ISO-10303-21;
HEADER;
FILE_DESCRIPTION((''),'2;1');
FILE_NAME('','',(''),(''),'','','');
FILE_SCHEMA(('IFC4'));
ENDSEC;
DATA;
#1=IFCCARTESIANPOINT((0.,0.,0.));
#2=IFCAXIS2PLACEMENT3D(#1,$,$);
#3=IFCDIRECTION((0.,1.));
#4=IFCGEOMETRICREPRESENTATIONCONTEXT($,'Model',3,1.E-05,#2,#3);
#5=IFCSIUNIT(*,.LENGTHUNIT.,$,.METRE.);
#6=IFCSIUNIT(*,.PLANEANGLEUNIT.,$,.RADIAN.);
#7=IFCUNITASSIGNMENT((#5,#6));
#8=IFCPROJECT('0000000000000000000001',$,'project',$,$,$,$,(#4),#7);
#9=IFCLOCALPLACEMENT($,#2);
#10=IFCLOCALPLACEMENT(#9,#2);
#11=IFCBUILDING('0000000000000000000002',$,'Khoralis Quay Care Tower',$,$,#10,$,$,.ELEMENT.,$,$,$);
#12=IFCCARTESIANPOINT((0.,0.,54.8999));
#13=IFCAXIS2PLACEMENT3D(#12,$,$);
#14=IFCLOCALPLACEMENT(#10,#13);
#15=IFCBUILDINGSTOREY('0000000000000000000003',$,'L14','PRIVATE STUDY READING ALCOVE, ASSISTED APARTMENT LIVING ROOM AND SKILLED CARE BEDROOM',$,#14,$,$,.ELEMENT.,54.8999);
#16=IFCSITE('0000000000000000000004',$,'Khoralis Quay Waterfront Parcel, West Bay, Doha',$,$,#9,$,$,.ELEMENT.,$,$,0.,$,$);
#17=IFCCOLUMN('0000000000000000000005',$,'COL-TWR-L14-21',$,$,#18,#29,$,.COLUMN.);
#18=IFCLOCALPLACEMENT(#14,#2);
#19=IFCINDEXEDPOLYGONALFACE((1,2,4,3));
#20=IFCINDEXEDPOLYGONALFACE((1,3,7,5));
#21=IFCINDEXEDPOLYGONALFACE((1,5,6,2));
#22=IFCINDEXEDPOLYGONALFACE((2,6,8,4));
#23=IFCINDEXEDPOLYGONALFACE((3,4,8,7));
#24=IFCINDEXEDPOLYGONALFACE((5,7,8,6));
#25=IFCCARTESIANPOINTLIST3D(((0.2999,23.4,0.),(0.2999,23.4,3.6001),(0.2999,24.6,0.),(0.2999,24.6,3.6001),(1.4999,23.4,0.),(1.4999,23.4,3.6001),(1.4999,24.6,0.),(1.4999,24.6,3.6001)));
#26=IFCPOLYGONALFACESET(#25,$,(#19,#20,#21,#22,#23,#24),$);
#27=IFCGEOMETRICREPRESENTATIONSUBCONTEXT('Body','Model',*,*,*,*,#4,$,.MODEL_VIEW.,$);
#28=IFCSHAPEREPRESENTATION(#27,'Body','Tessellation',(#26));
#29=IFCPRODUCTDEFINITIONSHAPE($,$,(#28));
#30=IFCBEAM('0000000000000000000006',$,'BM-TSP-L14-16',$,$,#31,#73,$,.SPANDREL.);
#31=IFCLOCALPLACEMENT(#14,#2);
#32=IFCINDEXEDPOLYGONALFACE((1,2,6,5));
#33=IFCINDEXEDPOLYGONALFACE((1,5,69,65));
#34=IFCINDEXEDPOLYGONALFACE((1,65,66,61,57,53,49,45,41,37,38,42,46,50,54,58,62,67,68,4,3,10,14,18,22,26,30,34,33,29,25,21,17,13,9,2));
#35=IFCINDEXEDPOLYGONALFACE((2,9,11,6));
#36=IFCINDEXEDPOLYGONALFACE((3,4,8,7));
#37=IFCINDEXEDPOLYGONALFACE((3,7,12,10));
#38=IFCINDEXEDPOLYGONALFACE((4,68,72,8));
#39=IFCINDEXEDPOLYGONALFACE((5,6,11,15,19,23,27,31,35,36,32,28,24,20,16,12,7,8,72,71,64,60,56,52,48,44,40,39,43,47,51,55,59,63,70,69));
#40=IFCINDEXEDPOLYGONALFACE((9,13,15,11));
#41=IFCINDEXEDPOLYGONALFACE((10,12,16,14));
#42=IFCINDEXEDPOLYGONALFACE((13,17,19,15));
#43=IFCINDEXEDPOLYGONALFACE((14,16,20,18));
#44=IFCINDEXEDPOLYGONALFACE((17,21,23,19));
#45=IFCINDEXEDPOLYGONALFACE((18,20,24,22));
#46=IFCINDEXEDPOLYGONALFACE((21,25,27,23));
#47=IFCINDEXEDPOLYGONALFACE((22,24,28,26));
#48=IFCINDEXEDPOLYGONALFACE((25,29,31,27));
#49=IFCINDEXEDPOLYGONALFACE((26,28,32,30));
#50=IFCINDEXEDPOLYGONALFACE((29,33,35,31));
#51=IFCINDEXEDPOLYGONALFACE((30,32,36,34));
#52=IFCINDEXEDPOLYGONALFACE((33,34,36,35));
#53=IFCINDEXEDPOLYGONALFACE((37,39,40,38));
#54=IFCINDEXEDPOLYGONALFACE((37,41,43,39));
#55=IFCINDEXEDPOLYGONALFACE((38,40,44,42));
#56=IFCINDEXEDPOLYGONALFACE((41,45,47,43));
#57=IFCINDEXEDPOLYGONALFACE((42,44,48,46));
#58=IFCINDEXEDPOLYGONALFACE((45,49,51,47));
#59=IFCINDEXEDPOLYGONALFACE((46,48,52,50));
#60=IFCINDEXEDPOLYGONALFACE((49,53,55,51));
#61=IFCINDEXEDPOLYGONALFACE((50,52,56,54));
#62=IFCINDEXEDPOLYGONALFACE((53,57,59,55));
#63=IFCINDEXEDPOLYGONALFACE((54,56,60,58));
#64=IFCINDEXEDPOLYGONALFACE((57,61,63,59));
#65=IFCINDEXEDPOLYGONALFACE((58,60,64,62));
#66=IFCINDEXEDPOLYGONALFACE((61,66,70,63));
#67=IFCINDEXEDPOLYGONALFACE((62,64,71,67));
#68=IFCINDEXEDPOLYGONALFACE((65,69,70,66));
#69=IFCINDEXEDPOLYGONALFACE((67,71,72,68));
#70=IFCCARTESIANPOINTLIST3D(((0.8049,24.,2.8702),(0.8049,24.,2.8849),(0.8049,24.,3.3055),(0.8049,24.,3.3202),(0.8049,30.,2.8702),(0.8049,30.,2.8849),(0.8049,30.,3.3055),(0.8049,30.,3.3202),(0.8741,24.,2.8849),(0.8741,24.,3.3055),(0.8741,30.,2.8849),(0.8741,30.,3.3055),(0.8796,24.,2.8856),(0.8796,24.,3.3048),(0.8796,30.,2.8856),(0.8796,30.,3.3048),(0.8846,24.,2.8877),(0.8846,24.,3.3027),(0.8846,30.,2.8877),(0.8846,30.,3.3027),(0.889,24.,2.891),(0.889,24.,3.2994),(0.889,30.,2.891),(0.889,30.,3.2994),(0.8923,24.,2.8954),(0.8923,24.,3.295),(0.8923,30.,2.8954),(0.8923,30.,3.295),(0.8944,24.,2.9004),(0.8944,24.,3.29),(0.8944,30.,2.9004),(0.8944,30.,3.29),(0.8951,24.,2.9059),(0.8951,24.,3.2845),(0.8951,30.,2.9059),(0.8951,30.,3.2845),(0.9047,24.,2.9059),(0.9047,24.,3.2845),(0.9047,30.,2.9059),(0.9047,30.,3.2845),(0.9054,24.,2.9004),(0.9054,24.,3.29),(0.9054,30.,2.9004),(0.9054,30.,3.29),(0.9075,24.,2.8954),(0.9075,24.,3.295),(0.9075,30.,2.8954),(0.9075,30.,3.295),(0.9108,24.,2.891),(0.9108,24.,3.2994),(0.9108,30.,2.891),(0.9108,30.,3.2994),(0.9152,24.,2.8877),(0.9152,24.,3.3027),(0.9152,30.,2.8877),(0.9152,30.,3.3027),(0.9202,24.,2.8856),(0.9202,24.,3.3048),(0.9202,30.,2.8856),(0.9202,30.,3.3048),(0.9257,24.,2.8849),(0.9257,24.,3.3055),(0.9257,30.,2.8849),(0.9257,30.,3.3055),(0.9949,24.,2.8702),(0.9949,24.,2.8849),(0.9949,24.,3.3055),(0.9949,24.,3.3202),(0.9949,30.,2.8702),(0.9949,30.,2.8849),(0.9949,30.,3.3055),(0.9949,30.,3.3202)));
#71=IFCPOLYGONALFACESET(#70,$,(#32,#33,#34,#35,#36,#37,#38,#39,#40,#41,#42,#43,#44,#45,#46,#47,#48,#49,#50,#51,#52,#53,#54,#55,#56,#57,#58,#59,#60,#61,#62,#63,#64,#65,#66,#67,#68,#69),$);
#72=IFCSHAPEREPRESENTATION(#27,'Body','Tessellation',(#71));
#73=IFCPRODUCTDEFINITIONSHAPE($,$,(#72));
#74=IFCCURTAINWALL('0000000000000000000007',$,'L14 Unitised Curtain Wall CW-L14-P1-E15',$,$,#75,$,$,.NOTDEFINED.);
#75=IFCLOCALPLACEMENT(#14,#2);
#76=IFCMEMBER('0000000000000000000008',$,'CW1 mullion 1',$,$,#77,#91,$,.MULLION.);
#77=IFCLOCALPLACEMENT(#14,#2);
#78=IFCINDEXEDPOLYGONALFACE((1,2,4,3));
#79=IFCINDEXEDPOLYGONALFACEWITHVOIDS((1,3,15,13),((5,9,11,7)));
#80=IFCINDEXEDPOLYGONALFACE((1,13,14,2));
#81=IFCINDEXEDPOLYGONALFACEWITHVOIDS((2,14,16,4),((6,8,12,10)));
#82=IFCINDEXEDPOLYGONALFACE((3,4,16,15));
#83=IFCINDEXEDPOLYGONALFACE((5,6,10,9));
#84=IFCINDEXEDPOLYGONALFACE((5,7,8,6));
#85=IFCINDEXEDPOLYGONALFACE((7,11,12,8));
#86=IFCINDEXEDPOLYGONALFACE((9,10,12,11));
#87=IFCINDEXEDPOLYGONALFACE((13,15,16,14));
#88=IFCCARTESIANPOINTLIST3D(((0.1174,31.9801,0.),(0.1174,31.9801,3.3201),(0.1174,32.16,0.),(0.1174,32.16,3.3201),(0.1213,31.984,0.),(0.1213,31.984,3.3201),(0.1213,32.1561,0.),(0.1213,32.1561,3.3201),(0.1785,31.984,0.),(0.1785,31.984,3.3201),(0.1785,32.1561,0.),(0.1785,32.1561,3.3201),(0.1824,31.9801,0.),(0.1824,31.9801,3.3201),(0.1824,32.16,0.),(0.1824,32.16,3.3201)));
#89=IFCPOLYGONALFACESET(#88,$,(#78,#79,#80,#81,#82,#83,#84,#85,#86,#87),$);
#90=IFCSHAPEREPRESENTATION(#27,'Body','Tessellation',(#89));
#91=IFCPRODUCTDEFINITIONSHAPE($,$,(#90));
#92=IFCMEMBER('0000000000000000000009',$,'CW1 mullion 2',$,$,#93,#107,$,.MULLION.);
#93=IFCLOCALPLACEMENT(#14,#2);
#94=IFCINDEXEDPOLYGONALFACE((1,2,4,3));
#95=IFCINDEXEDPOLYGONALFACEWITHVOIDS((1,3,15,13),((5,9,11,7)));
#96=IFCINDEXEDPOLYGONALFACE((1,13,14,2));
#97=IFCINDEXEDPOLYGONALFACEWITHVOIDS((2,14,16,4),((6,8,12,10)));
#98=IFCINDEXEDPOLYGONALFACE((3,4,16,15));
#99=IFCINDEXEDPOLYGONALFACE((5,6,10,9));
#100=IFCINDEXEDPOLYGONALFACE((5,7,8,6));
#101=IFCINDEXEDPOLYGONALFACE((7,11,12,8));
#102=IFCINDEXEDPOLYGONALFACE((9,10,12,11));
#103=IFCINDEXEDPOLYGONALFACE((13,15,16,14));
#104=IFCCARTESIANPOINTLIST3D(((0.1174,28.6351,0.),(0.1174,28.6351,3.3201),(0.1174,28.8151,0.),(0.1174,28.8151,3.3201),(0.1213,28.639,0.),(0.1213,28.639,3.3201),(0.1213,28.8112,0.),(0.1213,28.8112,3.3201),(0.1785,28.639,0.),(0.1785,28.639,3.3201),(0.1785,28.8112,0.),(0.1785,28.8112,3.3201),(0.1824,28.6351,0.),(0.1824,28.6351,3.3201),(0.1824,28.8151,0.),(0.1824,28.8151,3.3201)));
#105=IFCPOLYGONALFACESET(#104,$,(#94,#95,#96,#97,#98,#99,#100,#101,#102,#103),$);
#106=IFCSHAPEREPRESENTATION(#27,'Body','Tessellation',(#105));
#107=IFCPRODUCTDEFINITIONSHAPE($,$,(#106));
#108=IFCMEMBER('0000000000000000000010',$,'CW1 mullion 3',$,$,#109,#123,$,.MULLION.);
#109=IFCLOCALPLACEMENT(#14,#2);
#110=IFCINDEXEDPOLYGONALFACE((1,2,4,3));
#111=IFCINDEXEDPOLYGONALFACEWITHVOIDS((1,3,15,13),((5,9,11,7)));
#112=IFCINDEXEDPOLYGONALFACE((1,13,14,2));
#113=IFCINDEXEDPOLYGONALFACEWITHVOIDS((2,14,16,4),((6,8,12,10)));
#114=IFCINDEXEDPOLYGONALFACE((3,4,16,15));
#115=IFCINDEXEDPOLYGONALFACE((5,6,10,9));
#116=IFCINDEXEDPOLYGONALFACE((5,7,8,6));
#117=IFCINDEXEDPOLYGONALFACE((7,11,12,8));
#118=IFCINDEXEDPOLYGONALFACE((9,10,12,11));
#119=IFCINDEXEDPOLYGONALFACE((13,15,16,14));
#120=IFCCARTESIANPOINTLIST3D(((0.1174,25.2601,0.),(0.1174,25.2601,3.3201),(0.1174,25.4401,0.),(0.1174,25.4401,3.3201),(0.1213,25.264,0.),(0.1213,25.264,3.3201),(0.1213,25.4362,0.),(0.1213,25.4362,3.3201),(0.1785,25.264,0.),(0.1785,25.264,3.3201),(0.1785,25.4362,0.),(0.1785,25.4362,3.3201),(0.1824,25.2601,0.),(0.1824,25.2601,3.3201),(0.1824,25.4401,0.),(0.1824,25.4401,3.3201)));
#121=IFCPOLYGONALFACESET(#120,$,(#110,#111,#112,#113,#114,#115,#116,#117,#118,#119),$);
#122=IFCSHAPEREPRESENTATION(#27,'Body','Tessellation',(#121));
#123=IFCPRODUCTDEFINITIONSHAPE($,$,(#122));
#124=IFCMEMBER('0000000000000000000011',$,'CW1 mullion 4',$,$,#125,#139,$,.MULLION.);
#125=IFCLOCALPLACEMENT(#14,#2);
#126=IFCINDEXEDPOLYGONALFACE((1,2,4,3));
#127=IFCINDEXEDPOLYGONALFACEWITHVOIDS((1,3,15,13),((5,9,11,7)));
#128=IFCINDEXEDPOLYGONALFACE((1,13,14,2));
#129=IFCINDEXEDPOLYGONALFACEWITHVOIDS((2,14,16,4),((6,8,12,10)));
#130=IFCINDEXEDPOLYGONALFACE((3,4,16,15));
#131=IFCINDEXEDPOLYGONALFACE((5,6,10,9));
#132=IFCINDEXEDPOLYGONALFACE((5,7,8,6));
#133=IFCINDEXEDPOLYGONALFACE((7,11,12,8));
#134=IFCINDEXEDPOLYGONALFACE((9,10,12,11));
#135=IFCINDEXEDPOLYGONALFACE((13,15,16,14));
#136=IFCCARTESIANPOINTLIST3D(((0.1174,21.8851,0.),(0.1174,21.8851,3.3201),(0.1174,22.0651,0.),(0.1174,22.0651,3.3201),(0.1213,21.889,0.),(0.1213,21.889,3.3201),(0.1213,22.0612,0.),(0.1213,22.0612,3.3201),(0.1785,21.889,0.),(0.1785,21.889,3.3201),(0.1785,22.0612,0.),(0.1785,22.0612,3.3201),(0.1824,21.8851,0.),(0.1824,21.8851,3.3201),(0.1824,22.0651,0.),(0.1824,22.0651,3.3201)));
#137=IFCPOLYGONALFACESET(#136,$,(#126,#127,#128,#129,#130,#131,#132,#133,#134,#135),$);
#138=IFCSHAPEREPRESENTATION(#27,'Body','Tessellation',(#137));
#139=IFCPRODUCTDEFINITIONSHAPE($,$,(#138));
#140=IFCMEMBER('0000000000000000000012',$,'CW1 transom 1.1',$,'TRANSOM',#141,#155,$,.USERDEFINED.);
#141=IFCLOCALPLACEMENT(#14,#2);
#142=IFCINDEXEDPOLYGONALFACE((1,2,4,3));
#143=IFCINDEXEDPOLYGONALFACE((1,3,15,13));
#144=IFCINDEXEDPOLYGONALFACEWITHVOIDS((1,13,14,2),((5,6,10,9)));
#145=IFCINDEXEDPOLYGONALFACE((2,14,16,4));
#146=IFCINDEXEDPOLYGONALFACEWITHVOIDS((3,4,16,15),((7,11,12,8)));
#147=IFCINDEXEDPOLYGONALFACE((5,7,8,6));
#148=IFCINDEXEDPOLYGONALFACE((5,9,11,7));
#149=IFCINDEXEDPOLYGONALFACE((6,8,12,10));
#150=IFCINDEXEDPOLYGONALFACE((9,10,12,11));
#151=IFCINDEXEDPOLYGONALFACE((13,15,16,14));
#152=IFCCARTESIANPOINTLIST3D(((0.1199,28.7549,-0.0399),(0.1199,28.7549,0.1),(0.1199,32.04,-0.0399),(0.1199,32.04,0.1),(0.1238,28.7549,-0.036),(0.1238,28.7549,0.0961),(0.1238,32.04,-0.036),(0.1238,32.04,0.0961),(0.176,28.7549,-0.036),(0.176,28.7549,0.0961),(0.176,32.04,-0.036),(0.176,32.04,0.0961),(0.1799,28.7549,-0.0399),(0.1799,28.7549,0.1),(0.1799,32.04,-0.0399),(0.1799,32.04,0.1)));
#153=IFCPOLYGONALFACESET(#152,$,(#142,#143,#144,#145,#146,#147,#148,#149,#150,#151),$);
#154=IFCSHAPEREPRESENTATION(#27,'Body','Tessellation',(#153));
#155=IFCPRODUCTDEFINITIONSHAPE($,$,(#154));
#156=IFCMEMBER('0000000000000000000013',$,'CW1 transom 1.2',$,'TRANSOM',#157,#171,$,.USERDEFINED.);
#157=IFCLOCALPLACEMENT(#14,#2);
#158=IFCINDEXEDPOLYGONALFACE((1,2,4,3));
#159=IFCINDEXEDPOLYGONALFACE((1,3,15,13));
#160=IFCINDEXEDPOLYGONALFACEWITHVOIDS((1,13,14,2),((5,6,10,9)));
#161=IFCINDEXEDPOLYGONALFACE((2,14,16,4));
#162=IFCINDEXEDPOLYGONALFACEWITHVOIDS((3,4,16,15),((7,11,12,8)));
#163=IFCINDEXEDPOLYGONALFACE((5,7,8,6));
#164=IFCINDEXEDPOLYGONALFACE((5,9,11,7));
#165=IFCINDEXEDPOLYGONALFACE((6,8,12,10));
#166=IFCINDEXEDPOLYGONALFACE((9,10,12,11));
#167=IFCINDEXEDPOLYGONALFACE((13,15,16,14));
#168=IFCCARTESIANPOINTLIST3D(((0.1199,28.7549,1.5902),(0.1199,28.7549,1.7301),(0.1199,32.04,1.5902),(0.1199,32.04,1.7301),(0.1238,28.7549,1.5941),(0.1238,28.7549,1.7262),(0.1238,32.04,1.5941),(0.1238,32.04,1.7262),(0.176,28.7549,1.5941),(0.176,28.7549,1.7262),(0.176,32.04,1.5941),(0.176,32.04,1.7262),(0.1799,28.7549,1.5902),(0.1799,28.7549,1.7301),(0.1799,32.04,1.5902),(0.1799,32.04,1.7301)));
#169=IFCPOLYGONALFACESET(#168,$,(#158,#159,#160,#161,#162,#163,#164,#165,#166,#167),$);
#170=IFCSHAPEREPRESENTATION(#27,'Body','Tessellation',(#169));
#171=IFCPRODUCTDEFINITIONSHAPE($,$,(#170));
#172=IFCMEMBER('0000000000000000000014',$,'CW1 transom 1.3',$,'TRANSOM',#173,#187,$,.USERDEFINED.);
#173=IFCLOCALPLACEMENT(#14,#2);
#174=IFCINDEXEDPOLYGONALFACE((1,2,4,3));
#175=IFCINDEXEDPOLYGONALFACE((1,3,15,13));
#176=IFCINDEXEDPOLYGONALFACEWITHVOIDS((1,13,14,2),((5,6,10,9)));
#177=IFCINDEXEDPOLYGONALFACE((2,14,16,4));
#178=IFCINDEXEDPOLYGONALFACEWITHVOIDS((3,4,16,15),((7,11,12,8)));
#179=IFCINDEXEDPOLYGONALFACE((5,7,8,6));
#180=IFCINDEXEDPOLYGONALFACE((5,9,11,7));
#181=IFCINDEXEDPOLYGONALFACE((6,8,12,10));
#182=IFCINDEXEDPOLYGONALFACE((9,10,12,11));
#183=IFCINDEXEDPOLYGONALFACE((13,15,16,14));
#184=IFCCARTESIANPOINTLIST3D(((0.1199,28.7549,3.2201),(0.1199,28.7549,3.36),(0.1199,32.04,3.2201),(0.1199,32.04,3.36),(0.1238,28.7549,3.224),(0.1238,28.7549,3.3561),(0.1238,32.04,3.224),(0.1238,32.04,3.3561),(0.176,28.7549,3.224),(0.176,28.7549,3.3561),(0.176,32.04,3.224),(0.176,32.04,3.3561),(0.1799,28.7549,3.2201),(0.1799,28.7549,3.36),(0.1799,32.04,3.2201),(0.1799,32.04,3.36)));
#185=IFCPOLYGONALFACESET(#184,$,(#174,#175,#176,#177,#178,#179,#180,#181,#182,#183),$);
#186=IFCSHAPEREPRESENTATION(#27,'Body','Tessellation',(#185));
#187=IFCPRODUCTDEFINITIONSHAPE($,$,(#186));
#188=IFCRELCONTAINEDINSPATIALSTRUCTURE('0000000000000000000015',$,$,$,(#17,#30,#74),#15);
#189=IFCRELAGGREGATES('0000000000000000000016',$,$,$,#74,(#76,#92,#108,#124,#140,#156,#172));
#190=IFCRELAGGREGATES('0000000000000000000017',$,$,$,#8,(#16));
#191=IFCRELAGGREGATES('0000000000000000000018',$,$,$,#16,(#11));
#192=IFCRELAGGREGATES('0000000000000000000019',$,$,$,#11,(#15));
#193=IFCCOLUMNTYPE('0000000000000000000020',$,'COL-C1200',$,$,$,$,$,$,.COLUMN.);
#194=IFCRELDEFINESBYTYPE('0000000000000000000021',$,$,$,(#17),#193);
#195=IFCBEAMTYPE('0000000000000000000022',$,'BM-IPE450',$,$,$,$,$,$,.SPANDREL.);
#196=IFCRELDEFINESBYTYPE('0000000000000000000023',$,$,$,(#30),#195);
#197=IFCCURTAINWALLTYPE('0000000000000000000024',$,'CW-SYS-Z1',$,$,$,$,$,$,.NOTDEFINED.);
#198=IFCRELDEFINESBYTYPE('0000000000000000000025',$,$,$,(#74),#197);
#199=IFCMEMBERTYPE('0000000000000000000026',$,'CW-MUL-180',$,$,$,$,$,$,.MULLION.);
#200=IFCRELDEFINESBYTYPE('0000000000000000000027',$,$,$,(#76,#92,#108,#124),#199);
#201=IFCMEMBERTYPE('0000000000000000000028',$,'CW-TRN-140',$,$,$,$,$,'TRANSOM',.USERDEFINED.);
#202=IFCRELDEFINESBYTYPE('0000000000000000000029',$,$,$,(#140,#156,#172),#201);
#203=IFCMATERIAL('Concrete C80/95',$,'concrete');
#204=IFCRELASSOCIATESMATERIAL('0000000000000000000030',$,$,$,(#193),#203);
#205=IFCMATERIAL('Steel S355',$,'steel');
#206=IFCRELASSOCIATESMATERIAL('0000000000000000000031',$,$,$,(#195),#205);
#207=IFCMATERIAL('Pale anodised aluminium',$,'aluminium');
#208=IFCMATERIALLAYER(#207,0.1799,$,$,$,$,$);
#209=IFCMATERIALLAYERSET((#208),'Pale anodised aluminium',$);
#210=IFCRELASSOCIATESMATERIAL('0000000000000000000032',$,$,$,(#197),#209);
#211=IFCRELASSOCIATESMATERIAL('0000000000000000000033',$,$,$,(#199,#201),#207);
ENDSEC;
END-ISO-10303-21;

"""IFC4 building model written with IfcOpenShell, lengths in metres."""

from ifc_helpers import new_model, si_unit, direction, frame, origin, origin_2d, place, context, subcontext, project, spatial, rectangle, hollow_rectangle, i_section, extrude, source, transform, mapped, material, layer, layer_set, material_profile, profile_set, type_object, element, aggregate, save


model = new_model("IFC4")

# Units and contexts
model_context = context("Model", 3, precision=1e-05, world=origin(), true_north=direction((0.0, 1.0)))
body_context = subcontext(model_context, "Body", "Model", "MODEL_VIEW")
ifc_project = project(units=[si_unit("LENGTHUNIT", "METRE"), si_unit("PLANEANGLEUNIT", "RADIAN")], contexts=[model_context])

# Site, building, storey
site_placement = place(None, origin())
site = spatial("IfcSite", under=ifc_project, at=site_placement, Name="Khoralis Quay Waterfront Parcel, West Bay, Doha", CompositionType="ELEMENT", RefElevation=0.0)
building_placement = place(site_placement, origin())
building = spatial("IfcBuilding", under=site, at=building_placement, Name="Khoralis Quay Care Tower", CompositionType="ELEMENT")
storey_placement = place(building_placement, frame((0.0, 0.0, 54.8999)))
storey = spatial("IfcBuildingStorey", under=building, at=storey_placement, Name="L14", Description="PRIVATE STUDY READING ALCOVE, ASSISTED APARTMENT LIVING ROOM AND SKILLED CARE BEDROOM", CompositionType="ELEMENT", Elevation=54.8999)

# Column
ifc_material_1 = material(Name="Concrete C80/95", Category="concrete")
ifc_material_profile_1 = material_profile(ifc_material_1, rectangle(XDim=1.2, YDim=1.2, at=origin_2d()), Name="Concrete C80/95")
ifc_profile_set_1 = profile_set([ifc_material_profile_1], Name="Concrete C80/95")
column_type = type_object("IfcColumnType", Name="COL-C1200", PredefinedType="COLUMN", material=ifc_profile_set_1)
shared_shape_1 = source(origin(), body_context, "Body", "SweptSolid", [
    extrude(rectangle(XDim=1.2, YDim=1.2, at=origin_2d()), origin(), (0.0, 0.0, 1.0), 3.6001),
])
column_placement = place(storey_placement, frame((0.8999, 24.0, 0.0), z_axis=(0.0, 0.0, 1.0), x_axis=(1.0, 0.0, 0.0)))
element("IfcColumn", 1, at=column_placement, inside=storey, type_object=column_type, Name="COL-TWR-L14-21", PredefinedType="COLUMN", context=body_context, shape_type="MappedRepresentation", body=[
    mapped(shared_shape_1, transform((0.0, 0.0, 0.0), scale=1.0)),
])

# Beam
ifc_material_2 = material(Name="Steel S355", Category="steel")
ifc_material_profile_2 = material_profile(ifc_material_2, i_section(OverallWidth=0.1899, OverallDepth=0.45, WebThickness=0.0095, FlangeThickness=0.0146, FilletRadius=0.021, at=origin_2d()), Name="Steel S355")
ifc_profile_set_2 = profile_set([ifc_material_profile_2], Name="Steel S355")
beam_type = type_object("IfcBeamType", Name="BM-IPE450", PredefinedType="SPANDREL", material=ifc_profile_set_2)
shared_shape_2 = source(origin(), body_context, "Body", "SweptSolid", [
    extrude(i_section(OverallWidth=0.1899, OverallDepth=0.45, WebThickness=0.0095, FlangeThickness=0.0146, FilletRadius=0.021, at=origin_2d()), origin(), (0.0, 0.0, 1.0), 6.0),
])
beam_placement = place(storey_placement, frame((0.8999, 24.0, 3.0952), z_axis=(0.0, 1.0, 0.0), x_axis=(-1.0, 0.0, 0.0)))
element("IfcBeam", 2, at=beam_placement, inside=storey, type_object=beam_type, Name="BM-TSP-L14-16", PredefinedType="SPANDREL", context=body_context, shape_type="MappedRepresentation", body=[
    mapped(shared_shape_2, transform((0.0, 0.0, 0.0), scale=1.0)),
])

# Curtain wall, members
ifc_material_3 = material(Name="Pale anodised aluminium", Category="aluminium")
ifc_layer_1 = layer(ifc_material_3, 0.1799)
ifc_layer_set_1 = layer_set([ifc_layer_1], Name="Pale anodised aluminium")
curtain_wall_type = type_object("IfcCurtainWallType", Name="CW-SYS-Z1", PredefinedType="NOTDEFINED", material=ifc_layer_set_1)
curtain_wall_placement = place(storey_placement, origin())
curtain_wall = element("IfcCurtainWall", 3, at=curtain_wall_placement, inside=storey, type_object=curtain_wall_type, Name="L14 Unitised Curtain Wall CW-L14-P1-E15", PredefinedType="NOTDEFINED")
ifc_material_profile_3 = material_profile(ifc_material_3, hollow_rectangle(XDim=0.0649, YDim=0.1799, WallThickness=0.0039, at=origin_2d()), Name="Pale anodised aluminium")
ifc_profile_set_3 = profile_set([ifc_material_profile_3], Name="Pale anodised aluminium")
member_type_1 = type_object("IfcMemberType", Name="CW-MUL-180", PredefinedType="MULLION", material=ifc_profile_set_3)
shared_shape_3 = source(origin(), body_context, "Body", "SweptSolid", [
    extrude(hollow_rectangle(XDim=0.0649, YDim=0.1799, WallThickness=0.0039, at=origin_2d()), origin(), (0.0, 0.0, 1.0), 3.3201),
])
member_1_placement = place(storey_placement, frame((0.1499, 32.0701, 0.0), z_axis=(0.0, 0.0, 1.0), x_axis=(1.0, 0.0, 0.0)))
member_1 = element("IfcMember", 4, at=member_1_placement, type_object=member_type_1, Name="CW1 mullion 1", PredefinedType="MULLION", context=body_context, shape_type="MappedRepresentation", body=[
    mapped(shared_shape_3, transform((0.0, 0.0, 0.0), scale=1.0)),
])
member_2_placement = place(storey_placement, frame((0.1499, 28.7251, 0.0), z_axis=(0.0, 0.0, 1.0), x_axis=(1.0, 0.0, 0.0)))
member_2 = element("IfcMember", 5, at=member_2_placement, type_object=member_type_1, Name="CW1 mullion 2", PredefinedType="MULLION", context=body_context, shape_type="MappedRepresentation", body=[
    mapped(shared_shape_3, transform((0.0, 0.0, 0.0), scale=1.0)),
])
member_3_placement = place(storey_placement, frame((0.1499, 25.3501, 0.0), z_axis=(0.0, 0.0, 1.0), x_axis=(1.0, 0.0, 0.0)))
member_3 = element("IfcMember", 6, at=member_3_placement, type_object=member_type_1, Name="CW1 mullion 3", PredefinedType="MULLION", context=body_context, shape_type="MappedRepresentation", body=[
    mapped(shared_shape_3, transform((0.0, 0.0, 0.0), scale=1.0)),
])
member_4_placement = place(storey_placement, frame((0.1499, 21.9751, 0.0), z_axis=(0.0, 0.0, 1.0), x_axis=(1.0, 0.0, 0.0)))
member_4 = element("IfcMember", 7, at=member_4_placement, type_object=member_type_1, Name="CW1 mullion 4", PredefinedType="MULLION", context=body_context, shape_type="MappedRepresentation", body=[
    mapped(shared_shape_3, transform((0.0, 0.0, 0.0), scale=1.0)),
])
ifc_material_profile_4 = material_profile(ifc_material_3, hollow_rectangle(XDim=0.0601, YDim=0.1399, WallThickness=0.0039, at=origin_2d()), Name="Pale anodised aluminium")
ifc_profile_set_4 = profile_set([ifc_material_profile_4], Name="Pale anodised aluminium")
member_type_2 = type_object("IfcMemberType", Name="CW-TRN-140", ElementType="TRANSOM", PredefinedType="USERDEFINED", material=ifc_profile_set_4)
shared_shape_4 = source(origin(), body_context, "Body", "SweptSolid", [
    extrude(hollow_rectangle(XDim=0.0601, YDim=0.1399, WallThickness=0.0039, at=origin_2d()), origin(), (0.0, 0.0, 1.0), 3.2852),
])
member_5_placement = place(storey_placement, frame((0.1499, 32.04, 0.03), z_axis=(0.0, -1.0, 0.0), x_axis=(1.0, 0.0, 0.0)))
member_5 = element("IfcMember", 8, at=member_5_placement, type_object=member_type_2, Name="CW1 transom 1.1", ObjectType="TRANSOM", PredefinedType="USERDEFINED", context=body_context, shape_type="MappedRepresentation", body=[
    mapped(shared_shape_4, transform((0.0, 0.0, 0.0), scale=1.0)),
])
member_6_placement = place(storey_placement, frame((0.1499, 32.04, 1.6602), z_axis=(0.0, -1.0, 0.0), x_axis=(1.0, 0.0, 0.0)))
member_6 = element("IfcMember", 9, at=member_6_placement, type_object=member_type_2, Name="CW1 transom 1.2", ObjectType="TRANSOM", PredefinedType="USERDEFINED", context=body_context, shape_type="MappedRepresentation", body=[
    mapped(shared_shape_4, transform((0.0, 0.0, 0.0), scale=1.0)),
])
member_7_placement = place(storey_placement, frame((0.1499, 32.04, 3.29), z_axis=(0.0, -1.0, 0.0), x_axis=(1.0, 0.0, 0.0)))
member_7 = element("IfcMember", 10, at=member_7_placement, type_object=member_type_2, Name="CW1 transom 1.3", ObjectType="TRANSOM", PredefinedType="USERDEFINED", context=body_context, shape_type="MappedRepresentation", body=[
    mapped(shared_shape_4, transform((0.0, 0.0, 0.0), scale=1.0)),
])
aggregate(curtain_wall, [member_1, member_2, member_3, member_4, member_5, member_6, member_7])

save(model, "model.ifc")
